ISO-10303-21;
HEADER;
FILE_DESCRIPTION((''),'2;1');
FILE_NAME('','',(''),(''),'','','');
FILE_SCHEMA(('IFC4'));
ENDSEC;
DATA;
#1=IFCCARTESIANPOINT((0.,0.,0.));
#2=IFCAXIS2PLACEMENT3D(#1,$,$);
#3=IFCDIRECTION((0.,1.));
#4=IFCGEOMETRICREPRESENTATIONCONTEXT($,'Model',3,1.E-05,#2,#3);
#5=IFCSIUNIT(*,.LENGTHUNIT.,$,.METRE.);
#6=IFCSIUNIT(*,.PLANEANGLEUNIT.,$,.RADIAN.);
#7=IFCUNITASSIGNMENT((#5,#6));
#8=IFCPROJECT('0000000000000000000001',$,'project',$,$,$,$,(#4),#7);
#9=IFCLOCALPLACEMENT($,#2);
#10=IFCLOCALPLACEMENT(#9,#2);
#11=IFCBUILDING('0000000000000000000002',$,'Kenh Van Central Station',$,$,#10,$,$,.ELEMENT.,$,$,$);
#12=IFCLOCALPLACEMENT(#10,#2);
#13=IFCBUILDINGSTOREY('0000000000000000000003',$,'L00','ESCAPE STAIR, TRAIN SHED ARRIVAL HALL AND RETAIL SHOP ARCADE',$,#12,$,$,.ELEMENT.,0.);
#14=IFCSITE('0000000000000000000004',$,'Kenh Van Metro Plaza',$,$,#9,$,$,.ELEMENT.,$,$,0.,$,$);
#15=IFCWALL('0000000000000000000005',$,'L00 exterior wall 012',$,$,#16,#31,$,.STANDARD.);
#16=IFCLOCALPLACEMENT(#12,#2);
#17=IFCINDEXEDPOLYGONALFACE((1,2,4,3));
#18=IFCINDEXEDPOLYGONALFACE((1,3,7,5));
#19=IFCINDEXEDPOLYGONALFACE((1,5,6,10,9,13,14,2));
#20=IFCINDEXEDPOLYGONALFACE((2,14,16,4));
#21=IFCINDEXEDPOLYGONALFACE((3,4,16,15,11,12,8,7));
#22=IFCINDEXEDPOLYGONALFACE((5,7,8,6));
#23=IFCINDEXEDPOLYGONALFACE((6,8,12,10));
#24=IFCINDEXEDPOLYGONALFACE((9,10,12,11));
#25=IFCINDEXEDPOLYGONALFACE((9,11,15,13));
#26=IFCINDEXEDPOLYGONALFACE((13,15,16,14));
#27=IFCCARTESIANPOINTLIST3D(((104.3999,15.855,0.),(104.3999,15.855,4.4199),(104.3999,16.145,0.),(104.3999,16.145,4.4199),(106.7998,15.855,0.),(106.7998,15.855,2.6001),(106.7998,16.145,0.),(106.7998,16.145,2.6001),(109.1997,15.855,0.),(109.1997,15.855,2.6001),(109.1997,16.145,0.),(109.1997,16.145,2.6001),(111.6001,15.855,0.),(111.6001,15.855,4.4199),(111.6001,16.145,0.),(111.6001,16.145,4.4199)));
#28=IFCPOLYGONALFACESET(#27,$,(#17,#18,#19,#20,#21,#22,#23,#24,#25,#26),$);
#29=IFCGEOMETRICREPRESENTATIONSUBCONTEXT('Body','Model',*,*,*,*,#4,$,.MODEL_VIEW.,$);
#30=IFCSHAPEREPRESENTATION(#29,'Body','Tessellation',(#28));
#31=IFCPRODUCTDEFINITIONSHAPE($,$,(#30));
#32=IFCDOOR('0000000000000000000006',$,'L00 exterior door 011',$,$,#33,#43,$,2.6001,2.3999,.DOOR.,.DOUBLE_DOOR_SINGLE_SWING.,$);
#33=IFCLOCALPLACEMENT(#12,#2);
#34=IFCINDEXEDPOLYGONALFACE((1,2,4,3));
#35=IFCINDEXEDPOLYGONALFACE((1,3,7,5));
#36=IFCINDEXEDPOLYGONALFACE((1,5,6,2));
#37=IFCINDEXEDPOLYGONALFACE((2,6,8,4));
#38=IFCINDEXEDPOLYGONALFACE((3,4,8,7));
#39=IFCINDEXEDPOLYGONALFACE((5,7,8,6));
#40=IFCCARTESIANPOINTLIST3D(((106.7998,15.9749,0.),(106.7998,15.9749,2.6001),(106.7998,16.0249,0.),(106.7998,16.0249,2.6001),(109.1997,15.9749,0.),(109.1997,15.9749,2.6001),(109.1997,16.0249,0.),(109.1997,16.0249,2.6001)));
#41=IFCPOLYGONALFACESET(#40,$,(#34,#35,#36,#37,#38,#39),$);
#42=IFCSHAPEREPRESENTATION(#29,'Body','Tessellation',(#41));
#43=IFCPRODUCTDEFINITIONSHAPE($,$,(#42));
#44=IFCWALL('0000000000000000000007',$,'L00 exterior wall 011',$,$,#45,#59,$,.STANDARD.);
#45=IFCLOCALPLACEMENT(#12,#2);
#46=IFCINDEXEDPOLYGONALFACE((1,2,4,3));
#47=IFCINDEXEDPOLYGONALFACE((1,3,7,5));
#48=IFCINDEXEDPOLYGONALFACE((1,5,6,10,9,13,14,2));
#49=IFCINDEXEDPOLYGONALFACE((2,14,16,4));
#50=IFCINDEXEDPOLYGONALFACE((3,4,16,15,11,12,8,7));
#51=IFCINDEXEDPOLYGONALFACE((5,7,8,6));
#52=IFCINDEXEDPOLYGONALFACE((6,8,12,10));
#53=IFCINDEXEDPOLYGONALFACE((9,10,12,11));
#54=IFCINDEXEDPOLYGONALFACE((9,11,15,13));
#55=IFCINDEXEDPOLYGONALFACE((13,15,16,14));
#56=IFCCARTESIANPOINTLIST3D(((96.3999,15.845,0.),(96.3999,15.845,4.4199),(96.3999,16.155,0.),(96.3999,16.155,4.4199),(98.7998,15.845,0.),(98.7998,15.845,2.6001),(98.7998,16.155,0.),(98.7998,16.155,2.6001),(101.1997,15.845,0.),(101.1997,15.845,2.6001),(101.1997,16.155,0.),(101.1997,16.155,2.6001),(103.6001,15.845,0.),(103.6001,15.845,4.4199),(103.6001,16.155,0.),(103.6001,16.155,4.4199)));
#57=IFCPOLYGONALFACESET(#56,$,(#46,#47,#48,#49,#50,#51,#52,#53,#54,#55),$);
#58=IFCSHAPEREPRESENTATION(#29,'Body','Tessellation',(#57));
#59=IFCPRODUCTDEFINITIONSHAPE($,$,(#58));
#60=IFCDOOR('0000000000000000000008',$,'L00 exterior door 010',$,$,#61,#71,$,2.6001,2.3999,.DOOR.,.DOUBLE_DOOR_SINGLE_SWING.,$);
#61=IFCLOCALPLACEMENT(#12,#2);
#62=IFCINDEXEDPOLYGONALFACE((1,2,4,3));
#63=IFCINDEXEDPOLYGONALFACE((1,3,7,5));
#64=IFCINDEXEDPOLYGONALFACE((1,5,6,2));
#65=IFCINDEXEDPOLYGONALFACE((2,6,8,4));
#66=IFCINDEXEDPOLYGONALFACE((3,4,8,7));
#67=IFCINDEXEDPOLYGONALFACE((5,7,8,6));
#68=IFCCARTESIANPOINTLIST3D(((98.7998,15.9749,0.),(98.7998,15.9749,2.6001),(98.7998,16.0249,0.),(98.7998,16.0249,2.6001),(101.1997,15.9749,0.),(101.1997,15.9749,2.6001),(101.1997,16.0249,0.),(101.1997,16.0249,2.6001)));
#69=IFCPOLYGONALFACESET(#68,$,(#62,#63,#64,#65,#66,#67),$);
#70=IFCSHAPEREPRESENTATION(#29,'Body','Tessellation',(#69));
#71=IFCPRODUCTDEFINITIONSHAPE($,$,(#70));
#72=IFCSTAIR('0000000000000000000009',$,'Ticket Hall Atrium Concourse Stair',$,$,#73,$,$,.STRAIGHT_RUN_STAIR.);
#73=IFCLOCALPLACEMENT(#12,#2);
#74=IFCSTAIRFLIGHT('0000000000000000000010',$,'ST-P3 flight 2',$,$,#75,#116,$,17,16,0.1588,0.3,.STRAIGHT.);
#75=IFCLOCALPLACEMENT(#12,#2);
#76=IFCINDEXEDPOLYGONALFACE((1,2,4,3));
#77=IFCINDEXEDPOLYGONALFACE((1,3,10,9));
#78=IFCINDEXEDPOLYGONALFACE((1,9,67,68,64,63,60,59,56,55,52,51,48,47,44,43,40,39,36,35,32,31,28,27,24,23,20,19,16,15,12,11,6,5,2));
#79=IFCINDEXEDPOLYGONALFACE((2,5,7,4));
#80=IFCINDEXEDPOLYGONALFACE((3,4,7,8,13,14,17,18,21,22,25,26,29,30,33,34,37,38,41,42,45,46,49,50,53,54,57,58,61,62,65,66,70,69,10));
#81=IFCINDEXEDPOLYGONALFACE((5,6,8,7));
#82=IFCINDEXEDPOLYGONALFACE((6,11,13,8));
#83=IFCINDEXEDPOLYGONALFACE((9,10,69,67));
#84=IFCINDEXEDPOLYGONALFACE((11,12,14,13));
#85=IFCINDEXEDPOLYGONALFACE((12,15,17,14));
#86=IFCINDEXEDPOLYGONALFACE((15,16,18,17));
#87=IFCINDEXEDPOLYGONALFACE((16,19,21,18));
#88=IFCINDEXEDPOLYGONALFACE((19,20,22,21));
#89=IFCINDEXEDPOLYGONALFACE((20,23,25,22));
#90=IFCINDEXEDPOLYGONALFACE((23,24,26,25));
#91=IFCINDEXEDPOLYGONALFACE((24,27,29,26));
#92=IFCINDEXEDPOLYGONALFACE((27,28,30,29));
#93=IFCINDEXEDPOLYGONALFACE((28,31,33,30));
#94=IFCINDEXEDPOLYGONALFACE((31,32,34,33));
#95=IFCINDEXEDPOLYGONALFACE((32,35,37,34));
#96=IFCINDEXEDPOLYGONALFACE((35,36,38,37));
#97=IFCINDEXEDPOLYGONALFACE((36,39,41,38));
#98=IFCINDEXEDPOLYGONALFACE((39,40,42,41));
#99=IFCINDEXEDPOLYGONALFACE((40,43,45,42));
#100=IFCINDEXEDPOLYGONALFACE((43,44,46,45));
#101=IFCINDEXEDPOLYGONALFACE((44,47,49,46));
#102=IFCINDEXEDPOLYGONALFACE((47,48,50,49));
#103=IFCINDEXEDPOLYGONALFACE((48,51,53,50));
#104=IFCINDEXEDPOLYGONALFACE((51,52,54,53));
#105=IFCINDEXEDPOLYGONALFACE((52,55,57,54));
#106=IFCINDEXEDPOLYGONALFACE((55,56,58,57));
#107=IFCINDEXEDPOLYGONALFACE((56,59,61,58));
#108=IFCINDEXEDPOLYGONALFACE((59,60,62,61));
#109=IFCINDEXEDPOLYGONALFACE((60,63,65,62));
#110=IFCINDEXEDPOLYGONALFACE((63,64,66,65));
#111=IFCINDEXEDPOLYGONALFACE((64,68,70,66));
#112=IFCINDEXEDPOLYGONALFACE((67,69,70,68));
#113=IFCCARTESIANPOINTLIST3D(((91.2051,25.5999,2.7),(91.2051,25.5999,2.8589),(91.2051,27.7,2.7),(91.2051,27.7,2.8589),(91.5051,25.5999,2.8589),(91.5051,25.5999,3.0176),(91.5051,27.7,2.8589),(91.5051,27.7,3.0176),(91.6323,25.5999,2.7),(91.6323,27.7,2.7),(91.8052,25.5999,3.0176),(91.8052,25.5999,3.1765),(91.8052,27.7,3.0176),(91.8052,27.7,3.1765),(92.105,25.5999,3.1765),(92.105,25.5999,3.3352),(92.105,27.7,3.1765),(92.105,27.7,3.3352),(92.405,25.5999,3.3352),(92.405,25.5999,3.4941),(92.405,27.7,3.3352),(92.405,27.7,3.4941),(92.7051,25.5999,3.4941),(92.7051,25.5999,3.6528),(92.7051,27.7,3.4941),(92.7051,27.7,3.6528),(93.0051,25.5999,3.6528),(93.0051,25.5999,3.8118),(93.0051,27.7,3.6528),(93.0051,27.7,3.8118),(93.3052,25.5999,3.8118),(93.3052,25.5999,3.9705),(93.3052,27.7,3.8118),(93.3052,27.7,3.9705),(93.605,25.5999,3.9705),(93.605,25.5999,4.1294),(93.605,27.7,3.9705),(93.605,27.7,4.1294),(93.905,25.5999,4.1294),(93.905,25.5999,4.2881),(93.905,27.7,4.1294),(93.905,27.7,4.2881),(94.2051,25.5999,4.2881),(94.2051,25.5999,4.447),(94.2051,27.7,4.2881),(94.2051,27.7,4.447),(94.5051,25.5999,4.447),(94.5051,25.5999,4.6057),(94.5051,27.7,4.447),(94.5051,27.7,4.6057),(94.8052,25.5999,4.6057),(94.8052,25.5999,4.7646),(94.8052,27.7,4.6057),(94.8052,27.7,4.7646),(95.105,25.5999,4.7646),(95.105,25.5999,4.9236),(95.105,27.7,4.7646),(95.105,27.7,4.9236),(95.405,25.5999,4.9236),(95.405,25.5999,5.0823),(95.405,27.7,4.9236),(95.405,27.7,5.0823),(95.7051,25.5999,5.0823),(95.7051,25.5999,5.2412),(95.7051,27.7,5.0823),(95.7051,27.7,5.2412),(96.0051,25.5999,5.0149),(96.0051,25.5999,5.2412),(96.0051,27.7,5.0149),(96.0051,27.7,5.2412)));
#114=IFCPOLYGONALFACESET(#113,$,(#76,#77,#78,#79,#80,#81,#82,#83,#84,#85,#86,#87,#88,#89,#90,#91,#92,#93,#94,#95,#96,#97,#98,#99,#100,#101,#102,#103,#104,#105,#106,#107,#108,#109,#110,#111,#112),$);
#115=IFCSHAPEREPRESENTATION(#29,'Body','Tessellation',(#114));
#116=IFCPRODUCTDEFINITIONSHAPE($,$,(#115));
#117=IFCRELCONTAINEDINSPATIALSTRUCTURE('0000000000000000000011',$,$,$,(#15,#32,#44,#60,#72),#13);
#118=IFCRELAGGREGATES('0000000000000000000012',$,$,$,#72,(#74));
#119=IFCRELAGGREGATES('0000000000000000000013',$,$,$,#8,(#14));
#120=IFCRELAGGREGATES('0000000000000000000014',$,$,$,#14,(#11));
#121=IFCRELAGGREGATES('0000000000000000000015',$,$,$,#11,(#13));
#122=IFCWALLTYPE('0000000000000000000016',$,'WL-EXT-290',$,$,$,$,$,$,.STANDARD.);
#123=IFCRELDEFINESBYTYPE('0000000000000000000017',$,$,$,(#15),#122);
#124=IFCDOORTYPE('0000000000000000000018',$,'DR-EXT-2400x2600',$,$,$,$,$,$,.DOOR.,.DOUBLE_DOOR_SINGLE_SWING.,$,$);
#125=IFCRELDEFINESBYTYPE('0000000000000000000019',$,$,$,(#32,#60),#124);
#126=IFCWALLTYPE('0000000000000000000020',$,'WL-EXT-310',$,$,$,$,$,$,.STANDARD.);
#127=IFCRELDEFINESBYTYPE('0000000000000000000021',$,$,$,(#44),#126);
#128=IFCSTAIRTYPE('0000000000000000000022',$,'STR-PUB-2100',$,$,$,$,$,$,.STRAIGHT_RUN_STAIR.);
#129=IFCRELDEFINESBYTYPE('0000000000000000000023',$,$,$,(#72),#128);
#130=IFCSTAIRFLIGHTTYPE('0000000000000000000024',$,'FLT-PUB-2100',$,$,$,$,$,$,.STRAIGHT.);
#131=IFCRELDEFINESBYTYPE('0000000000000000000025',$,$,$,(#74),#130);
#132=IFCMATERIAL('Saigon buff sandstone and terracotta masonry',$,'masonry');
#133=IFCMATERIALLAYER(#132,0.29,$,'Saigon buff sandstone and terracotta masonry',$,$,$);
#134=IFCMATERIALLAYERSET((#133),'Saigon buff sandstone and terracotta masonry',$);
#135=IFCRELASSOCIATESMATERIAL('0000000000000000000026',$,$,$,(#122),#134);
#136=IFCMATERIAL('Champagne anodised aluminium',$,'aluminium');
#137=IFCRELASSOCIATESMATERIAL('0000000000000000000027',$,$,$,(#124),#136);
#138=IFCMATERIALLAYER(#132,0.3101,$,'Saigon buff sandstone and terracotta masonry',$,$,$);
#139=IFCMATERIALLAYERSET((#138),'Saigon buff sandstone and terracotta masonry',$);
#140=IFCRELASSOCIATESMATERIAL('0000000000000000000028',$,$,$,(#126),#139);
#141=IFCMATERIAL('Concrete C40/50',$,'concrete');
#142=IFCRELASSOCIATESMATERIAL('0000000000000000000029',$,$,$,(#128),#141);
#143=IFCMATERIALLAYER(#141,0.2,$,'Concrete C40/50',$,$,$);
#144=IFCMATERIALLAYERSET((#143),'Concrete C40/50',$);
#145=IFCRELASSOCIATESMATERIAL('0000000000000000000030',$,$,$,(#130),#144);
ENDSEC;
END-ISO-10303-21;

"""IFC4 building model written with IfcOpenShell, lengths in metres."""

from ifc_helpers import new_model, si_unit, direction, frame, frame_2d, origin, place, context, subcontext, project, spatial, polyline, rectangle, outline, extrude, material, layer, layer_set, type_object, element, fill, aggregate, save


model = new_model("IFC4")

# Units and contexts
model_context = context("Model", 3, precision=1e-05, world=origin(), true_north=direction((0.0, 1.0)))
body_context = subcontext(model_context, "Body", "Model", "MODEL_VIEW")
ifc_project = project(units=[si_unit("LENGTHUNIT", "METRE"), si_unit("PLANEANGLEUNIT", "RADIAN")], contexts=[model_context])

# Site, building, storey
site_placement = place(None, origin())
site = spatial("IfcSite", under=ifc_project, at=site_placement, Name="Kenh Van Metro Plaza", CompositionType="ELEMENT", RefElevation=0.0)
building_placement = place(site_placement, origin())
building = spatial("IfcBuilding", under=site, at=building_placement, Name="Kenh Van Central Station", CompositionType="ELEMENT")
storey_placement = place(building_placement, origin())
storey = spatial("IfcBuildingStorey", under=building, at=storey_placement, Name="L00", Description="ESCAPE STAIR, TRAIN SHED ARRIVAL HALL AND RETAIL SHOP ARCADE", CompositionType="ELEMENT", Elevation=0.0)

# Shared definitions
ifc_material_1 = material(Name="Concrete C40/50", Category="concrete")

# Shared definitions
ifc_material_2 = material(Name="Champagne anodised aluminium", Category="aluminium")

# Walls, openings, doors
ifc_material_3 = material(Name="Saigon buff sandstone and terracotta masonry", Category="masonry")
ifc_layer_1 = layer(ifc_material_3, 0.29, Name="Saigon buff sandstone and terracotta masonry")
ifc_layer_set_1 = layer_set([ifc_layer_1], Name="Saigon buff sandstone and terracotta masonry")
wall_type_1 = type_object("IfcWallType", Name="WL-EXT-290", PredefinedType="STANDARD", material=ifc_layer_set_1)
wall_1_placement = place(storey_placement, frame((104.3999, 16.0, 0.0), z_axis=(0.0, 0.0, 1.0), x_axis=(1.0, 0.0, 0.0)))
wall_1 = element("IfcWall", 1, at=wall_1_placement, inside=storey, type_object=wall_type_1, Name="L00 exterior wall 012", PredefinedType="STANDARD", context=body_context, shape_type="SweptSolid", body=[
    extrude(rectangle(XDim=7.2002, YDim=0.29, at=frame_2d((3.6001, 0.0))), origin(), (0.0, 0.0, 1.0), 4.4199),
])
opening_1_placement = place(wall_1_placement, frame((2.3999, 0.0, 0.0)))
opening_1 = element("IfcOpeningElement", 2, at=opening_1_placement, cuts=wall_1, PredefinedType="OPENING", context=body_context, shape_type="SweptSolid", body=[
    extrude(rectangle(XDim=2.3999, YDim=2.6001, at=frame_2d((1.2, 1.3))), frame((0.0, 0.155, 0.0), z_axis=(0.0, -1.0, 0.0), x_axis=(1.0, 0.0, 0.0)), (0.0, 0.0, 1.0), 0.3101),
])
door_type = type_object("IfcDoorType", Name="DR-EXT-2400x2600", OperationType="DOUBLE_DOOR_SINGLE_SWING", PredefinedType="DOOR", material=ifc_material_2)
door_1_placement = place(opening_1_placement, frame((2.3999, 0.0, 0.0), z_axis=(0.0, 0.0, 1.0), x_axis=(-1.0, 0.0, 0.0)))
door_1 = element("IfcDoor", 3, at=door_1_placement, inside=storey, type_object=door_type, Name="L00 exterior door 011", OperationType="DOUBLE_DOOR_SINGLE_SWING", OverallHeight=2.6001, OverallWidth=2.3999, PredefinedType="DOOR", context=body_context, shape_type="SweptSolid", body=[
    extrude(rectangle(XDim=2.3999, YDim=2.6001, at=frame_2d((-1.2, 1.3))), frame((0.0, -0.0249, 0.0), z_axis=(0.0, 1.0, 0.0), x_axis=(-1.0, 0.0, 0.0)), (0.0, 0.0, 1.0), 0.05),
])
fill(opening_1, door_1)
ifc_layer_2 = layer(ifc_material_3, 0.3101, Name="Saigon buff sandstone and terracotta masonry")
ifc_layer_set_2 = layer_set([ifc_layer_2], Name="Saigon buff sandstone and terracotta masonry")
wall_type_2 = type_object("IfcWallType", Name="WL-EXT-310", PredefinedType="STANDARD", material=ifc_layer_set_2)
wall_2_placement = place(storey_placement, frame((96.3999, 16.0, 0.0), z_axis=(0.0, 0.0, 1.0), x_axis=(1.0, 0.0, 0.0)))
wall_2 = element("IfcWall", 4, at=wall_2_placement, inside=storey, type_object=wall_type_2, Name="L00 exterior wall 011", PredefinedType="STANDARD", context=body_context, shape_type="SweptSolid", body=[
    extrude(rectangle(XDim=7.2002, YDim=0.3101, at=frame_2d((3.6001, 0.0))), origin(), (0.0, 0.0, 1.0), 4.4199),
])
opening_2_placement = place(wall_2_placement, frame((2.3999, 0.0, 0.0)))
opening_2 = element("IfcOpeningElement", 5, at=opening_2_placement, cuts=wall_2, PredefinedType="OPENING", context=body_context, shape_type="SweptSolid", body=[
    extrude(rectangle(XDim=2.3999, YDim=2.6001, at=frame_2d((1.2, 1.3))), frame((0.0, 0.165, 0.0), z_axis=(0.0, -1.0, 0.0), x_axis=(1.0, 0.0, 0.0)), (0.0, 0.0, 1.0), 0.3301),
])
door_2_placement = place(opening_2_placement, frame((2.3999, 0.0, 0.0), z_axis=(0.0, 0.0, 1.0), x_axis=(-1.0, 0.0, 0.0)))
door_2 = element("IfcDoor", 6, at=door_2_placement, inside=storey, type_object=door_type, Name="L00 exterior door 010", OperationType="DOUBLE_DOOR_SINGLE_SWING", OverallHeight=2.6001, OverallWidth=2.3999, PredefinedType="DOOR", context=body_context, shape_type="SweptSolid", body=[
    extrude(rectangle(XDim=2.3999, YDim=2.6001, at=frame_2d((-1.2, 1.3))), frame((0.0, -0.0249, 0.0), z_axis=(0.0, 1.0, 0.0), x_axis=(-1.0, 0.0, 0.0)), (0.0, 0.0, 1.0), 0.05),
])
fill(opening_2, door_2)

# Stair, stair flight
stair_type = type_object("IfcStairType", Name="STR-PUB-2100", PredefinedType="STRAIGHT_RUN_STAIR", material=ifc_material_1)
stair_placement = place(storey_placement, origin())
stair = element("IfcStair", 7, at=stair_placement, inside=storey, type_object=stair_type, Name="Ticket Hall Atrium Concourse Stair", PredefinedType="STRAIGHT_RUN_STAIR")
ifc_layer_3 = layer(ifc_material_1, 0.2, Name="Concrete C40/50")
ifc_layer_set_3 = layer_set([ifc_layer_3], Name="Concrete C40/50")
stair_flight_type = type_object("IfcStairFlightType", Name="FLT-PUB-2100", PredefinedType="STRAIGHT", material=ifc_layer_set_3)
stair_flight_placement = place(storey_placement, frame((91.2051, 26.6499, 2.7), z_axis=(0.0, 0.0, 1.0), x_axis=(1.0, 0.0, 0.0)))
stair_flight = element("IfcStairFlight", 8, at=stair_flight_placement, type_object=stair_flight_type, Name="ST-P3 flight 2", NumberOfRisers=17, NumberOfTreads=16, PredefinedType="STRAIGHT", RiserHeight=0.1588, TreadLength=0.3, context=body_context, shape_type="SweptSolid", body=[
    extrude(outline(polyline([(0.0, 0.0), (0.0, 0.1589), (0.3, 0.1589), (0.3, 0.3176), (0.6001, 0.3176), (0.6001, 0.4766), (0.8999, 0.4766), (0.8999, 0.6353), (1.2, 0.6353), (1.2, 0.7942), (1.5, 0.7942), (1.5, 0.9529), (1.8, 0.9529), (1.8, 1.1118), (2.1001, 1.1118), (2.1001, 1.2705), (2.3999, 1.2705), (2.3999, 1.4294), (2.7, 1.4294), (2.7, 1.5881), (3.0, 1.5881), (3.0, 1.7471), (3.3, 1.7471), (3.3, 1.9058), (3.6001, 1.9058), (3.6001, 2.0647), (3.8999, 2.0647), (3.8999, 2.2236), (4.2, 2.2236), (4.2, 2.3823), (4.5, 2.3823), (4.5, 2.5413), (4.8, 2.5413), (4.8, 2.7), (4.8, 2.3149), (0.4272, 0.0), (0.0, 0.0)])), frame((0.0, 1.05, 0.0), z_axis=(0.0, -1.0, 0.0), x_axis=(1.0, 0.0, 0.0)), (0.0, 0.0, 1.0), 2.1001),
])
aggregate(stair, [stair_flight])

save(model, "model.ifc")
